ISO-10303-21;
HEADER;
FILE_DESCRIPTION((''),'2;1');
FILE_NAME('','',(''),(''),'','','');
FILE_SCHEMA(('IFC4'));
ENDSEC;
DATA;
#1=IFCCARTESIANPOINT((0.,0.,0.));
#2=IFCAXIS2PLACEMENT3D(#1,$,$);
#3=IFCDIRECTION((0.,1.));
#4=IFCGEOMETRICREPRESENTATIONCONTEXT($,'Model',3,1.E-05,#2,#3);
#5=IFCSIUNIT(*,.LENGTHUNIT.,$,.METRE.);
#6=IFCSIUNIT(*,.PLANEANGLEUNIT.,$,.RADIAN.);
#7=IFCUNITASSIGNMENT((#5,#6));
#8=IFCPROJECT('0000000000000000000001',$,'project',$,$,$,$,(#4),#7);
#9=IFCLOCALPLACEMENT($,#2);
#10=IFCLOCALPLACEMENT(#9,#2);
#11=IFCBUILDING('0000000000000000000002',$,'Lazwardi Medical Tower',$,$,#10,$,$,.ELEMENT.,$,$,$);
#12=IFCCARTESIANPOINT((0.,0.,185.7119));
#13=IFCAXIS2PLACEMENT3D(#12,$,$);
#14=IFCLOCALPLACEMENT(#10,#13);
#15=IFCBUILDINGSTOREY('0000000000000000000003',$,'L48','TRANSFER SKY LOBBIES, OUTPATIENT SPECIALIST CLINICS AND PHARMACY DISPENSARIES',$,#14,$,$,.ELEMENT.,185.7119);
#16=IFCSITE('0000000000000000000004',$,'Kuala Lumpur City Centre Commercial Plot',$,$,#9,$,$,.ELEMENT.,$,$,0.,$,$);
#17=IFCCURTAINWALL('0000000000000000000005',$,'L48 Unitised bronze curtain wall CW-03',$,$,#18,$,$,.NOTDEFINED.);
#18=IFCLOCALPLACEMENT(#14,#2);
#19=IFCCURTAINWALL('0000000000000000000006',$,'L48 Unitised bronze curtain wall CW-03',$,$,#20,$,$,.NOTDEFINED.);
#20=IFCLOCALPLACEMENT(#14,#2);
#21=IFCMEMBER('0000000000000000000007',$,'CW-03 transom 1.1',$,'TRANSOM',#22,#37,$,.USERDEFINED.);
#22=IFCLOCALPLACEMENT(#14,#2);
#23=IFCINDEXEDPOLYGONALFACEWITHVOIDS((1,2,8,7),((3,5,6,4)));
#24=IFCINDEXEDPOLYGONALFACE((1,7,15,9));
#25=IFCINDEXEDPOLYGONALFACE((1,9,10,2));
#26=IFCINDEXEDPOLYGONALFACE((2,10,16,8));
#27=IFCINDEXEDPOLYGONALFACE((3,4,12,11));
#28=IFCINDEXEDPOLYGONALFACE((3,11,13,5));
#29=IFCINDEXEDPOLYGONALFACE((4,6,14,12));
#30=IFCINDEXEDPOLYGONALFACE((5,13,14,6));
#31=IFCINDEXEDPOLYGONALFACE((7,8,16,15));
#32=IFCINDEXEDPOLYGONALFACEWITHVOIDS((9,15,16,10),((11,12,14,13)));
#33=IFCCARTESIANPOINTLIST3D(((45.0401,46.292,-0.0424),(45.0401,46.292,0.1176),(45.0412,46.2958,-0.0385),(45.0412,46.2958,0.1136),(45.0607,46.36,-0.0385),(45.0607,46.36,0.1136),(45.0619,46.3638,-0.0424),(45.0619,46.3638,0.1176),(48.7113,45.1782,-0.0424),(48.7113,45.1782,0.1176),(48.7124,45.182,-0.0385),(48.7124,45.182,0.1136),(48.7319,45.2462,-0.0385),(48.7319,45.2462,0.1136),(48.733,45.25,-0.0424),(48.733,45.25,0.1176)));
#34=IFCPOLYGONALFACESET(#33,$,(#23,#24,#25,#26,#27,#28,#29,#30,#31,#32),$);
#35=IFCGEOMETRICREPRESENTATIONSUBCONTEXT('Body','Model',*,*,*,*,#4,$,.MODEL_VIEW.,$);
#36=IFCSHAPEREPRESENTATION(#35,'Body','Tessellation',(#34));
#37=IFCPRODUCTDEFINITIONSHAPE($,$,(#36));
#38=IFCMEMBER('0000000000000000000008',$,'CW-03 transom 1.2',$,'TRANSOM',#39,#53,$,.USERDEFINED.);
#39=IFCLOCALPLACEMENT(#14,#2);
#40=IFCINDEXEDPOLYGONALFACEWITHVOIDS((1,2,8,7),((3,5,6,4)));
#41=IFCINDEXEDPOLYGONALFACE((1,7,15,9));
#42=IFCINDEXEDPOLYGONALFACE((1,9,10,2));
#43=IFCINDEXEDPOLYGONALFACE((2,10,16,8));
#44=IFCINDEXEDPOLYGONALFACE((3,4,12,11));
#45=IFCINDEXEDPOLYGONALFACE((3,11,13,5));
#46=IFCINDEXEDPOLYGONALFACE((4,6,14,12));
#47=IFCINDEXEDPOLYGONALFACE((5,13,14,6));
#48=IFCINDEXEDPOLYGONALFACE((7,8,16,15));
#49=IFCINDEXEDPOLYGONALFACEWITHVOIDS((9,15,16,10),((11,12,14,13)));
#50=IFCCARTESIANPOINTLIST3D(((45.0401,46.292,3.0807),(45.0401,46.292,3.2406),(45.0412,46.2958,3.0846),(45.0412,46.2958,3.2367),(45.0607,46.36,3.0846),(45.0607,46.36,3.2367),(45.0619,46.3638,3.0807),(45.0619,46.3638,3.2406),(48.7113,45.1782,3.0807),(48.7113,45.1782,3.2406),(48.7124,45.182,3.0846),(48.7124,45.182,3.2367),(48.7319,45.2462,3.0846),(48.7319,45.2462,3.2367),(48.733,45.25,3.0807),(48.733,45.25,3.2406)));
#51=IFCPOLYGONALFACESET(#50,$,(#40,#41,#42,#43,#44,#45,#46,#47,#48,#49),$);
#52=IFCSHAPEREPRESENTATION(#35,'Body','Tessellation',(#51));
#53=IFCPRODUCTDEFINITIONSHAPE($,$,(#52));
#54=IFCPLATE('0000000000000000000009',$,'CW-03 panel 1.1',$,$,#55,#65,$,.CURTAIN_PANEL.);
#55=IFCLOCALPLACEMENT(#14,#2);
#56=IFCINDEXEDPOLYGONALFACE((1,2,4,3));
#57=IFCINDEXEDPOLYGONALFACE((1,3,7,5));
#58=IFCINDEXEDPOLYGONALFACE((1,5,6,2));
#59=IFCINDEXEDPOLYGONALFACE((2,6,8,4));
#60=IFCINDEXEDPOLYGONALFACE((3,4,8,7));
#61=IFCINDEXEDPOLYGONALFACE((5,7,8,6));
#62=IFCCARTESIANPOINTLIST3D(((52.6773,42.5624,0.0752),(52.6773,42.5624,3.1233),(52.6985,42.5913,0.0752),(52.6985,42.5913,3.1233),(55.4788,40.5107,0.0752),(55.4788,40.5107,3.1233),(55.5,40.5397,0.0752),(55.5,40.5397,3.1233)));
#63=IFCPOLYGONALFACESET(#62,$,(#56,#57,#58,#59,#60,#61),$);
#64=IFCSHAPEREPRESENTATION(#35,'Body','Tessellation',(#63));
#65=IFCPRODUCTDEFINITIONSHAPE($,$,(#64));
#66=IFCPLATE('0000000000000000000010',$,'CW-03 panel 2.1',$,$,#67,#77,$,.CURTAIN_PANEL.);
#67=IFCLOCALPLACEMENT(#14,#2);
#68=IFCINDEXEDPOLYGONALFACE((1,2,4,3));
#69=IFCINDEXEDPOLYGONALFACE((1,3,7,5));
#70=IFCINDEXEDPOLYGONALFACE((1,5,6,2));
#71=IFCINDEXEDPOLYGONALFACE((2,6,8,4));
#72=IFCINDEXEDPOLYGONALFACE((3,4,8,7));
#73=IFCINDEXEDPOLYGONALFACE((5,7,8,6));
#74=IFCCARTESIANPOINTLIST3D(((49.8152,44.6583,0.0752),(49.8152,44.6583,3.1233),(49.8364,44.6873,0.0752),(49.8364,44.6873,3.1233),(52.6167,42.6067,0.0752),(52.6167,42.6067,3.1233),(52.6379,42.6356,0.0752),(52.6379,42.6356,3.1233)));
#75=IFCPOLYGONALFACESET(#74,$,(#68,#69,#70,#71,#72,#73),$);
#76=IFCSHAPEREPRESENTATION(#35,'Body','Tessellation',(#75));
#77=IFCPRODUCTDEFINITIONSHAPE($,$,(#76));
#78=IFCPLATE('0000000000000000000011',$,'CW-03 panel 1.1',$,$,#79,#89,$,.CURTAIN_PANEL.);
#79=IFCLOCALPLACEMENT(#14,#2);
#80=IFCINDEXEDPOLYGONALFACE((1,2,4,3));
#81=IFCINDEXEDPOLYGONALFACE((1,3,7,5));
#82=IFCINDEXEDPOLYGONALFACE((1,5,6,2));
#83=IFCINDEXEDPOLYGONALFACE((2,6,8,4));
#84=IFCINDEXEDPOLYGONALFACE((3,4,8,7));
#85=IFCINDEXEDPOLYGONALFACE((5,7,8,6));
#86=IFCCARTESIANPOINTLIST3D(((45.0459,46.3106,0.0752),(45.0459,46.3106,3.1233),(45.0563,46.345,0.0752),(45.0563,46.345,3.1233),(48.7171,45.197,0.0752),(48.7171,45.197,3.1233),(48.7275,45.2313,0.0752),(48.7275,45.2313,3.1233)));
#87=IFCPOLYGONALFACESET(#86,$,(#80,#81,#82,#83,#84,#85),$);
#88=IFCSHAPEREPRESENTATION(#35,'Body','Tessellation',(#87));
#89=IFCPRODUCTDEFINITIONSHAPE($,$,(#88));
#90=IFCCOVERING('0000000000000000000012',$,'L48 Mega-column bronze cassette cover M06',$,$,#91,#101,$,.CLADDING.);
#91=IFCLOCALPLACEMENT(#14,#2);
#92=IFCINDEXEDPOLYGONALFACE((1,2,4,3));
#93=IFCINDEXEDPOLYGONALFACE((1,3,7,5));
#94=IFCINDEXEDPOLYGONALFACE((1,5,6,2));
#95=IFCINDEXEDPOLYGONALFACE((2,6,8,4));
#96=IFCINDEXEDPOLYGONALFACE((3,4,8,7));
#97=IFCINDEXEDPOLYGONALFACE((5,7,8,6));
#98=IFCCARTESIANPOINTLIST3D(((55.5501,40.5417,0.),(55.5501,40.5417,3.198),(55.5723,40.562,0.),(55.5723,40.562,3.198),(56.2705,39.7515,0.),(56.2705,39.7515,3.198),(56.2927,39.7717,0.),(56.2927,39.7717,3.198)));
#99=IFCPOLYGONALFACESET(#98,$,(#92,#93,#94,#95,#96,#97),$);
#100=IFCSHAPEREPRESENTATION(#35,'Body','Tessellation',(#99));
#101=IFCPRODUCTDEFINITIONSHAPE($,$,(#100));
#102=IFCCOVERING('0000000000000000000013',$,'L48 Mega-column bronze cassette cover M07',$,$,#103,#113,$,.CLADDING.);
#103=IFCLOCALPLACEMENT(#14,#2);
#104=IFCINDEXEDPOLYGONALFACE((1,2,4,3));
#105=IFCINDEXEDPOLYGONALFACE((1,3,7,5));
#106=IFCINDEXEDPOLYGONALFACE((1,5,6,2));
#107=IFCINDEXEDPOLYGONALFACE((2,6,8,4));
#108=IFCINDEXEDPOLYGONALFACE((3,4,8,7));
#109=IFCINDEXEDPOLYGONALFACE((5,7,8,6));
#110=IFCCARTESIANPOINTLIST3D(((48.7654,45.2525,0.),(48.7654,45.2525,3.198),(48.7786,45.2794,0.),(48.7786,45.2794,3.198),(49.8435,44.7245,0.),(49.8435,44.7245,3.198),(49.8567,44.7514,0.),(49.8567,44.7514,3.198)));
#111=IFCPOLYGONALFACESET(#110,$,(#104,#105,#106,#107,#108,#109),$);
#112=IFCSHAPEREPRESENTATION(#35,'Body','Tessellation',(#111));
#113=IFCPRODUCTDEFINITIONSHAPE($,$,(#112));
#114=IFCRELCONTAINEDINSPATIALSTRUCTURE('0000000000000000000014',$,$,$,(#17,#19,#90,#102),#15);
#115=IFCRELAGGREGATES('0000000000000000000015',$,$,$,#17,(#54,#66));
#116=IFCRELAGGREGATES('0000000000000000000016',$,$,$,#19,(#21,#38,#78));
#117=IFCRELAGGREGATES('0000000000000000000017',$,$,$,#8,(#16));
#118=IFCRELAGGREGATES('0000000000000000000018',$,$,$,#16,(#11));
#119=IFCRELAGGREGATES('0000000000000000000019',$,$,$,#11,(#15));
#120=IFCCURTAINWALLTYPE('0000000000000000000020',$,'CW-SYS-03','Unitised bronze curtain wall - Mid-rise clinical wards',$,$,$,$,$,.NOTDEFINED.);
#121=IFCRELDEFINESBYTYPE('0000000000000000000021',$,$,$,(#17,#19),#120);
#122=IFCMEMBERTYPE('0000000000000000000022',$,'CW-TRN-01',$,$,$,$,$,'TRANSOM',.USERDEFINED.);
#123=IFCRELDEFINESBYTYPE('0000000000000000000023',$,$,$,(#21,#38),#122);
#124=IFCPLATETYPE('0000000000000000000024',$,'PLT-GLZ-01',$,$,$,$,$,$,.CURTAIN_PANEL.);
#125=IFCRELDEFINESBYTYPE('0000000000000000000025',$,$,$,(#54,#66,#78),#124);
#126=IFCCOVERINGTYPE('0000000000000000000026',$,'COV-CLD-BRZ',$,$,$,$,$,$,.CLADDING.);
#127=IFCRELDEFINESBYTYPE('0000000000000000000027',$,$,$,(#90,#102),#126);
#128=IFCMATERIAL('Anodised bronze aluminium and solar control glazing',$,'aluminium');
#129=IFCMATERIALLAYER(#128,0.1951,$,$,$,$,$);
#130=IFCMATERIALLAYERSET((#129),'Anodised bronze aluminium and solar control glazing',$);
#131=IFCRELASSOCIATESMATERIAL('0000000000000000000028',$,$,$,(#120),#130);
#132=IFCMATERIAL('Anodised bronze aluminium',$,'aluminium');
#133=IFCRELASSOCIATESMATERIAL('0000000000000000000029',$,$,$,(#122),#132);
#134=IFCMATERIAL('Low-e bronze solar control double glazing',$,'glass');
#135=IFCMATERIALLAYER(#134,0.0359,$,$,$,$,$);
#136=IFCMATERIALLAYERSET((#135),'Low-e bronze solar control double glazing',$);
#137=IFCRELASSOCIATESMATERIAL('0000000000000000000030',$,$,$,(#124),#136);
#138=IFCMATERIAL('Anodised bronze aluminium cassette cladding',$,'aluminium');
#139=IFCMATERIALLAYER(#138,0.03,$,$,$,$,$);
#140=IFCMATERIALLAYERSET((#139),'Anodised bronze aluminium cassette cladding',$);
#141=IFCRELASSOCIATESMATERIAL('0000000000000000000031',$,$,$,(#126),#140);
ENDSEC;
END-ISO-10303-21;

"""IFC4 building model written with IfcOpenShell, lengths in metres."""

from ifc_helpers import new_model, si_unit, direction, frame, origin, origin_2d, place, context, subcontext, project, spatial, rectangle, hollow_rectangle, extrude, material, layer, layer_set, material_profile, profile_set, type_object, element, aggregate, save


model = new_model("IFC4")

# Units and contexts
model_context = context("Model", 3, precision=1e-05, world=origin(), true_north=direction((0.0, 1.0)))
body_context = subcontext(model_context, "Body", "Model", "MODEL_VIEW")
ifc_project = project(units=[si_unit("LENGTHUNIT", "METRE"), si_unit("PLANEANGLEUNIT", "RADIAN")], contexts=[model_context])

# Site, building, storey
site_placement = place(None, origin())
site = spatial("IfcSite", under=ifc_project, at=site_placement, Name="Kuala Lumpur City Centre Commercial Plot", CompositionType="ELEMENT", RefElevation=0.0)
building_placement = place(site_placement, origin())
building = spatial("IfcBuilding", under=site, at=building_placement, Name="Lazwardi Medical Tower", CompositionType="ELEMENT")
storey_placement = place(building_placement, frame((0.0, 0.0, 185.7119)))
storey = spatial("IfcBuildingStorey", under=building, at=storey_placement, Name="L48", Description="TRANSFER SKY LOBBIES, OUTPATIENT SPECIALIST CLINICS AND PHARMACY DISPENSARIES", CompositionType="ELEMENT", Elevation=185.7119)

# Shared definitions
ifc_material_1 = material(Name="Anodised bronze aluminium and solar control glazing", Category="aluminium")
ifc_layer_1 = layer(ifc_material_1, 0.1951)
ifc_layer_set_1 = layer_set([ifc_layer_1], Name="Anodised bronze aluminium and solar control glazing")
curtain_wall_type = type_object("IfcCurtainWallType", Name="CW-SYS-03", Description="Unitised bronze curtain wall - Mid-rise clinical wards", PredefinedType="NOTDEFINED", material=ifc_layer_set_1)
ifc_material_2 = material(Name="Anodised bronze aluminium", Category="aluminium")

# Curtain wall
curtain_wall_1_placement = place(storey_placement, origin())
curtain_wall_1 = element("IfcCurtainWall", 1, at=curtain_wall_1_placement, inside=storey, type_object=curtain_wall_type, Name="L48 Unitised bronze curtain wall CW-03", PredefinedType="NOTDEFINED")

# Curtain wall
curtain_wall_2_placement = place(storey_placement, origin())
curtain_wall_2 = element("IfcCurtainWall", 2, at=curtain_wall_2_placement, inside=storey, type_object=curtain_wall_type, Name="L48 Unitised bronze curtain wall CW-03", PredefinedType="NOTDEFINED")

# Members
ifc_material_profile_1 = material_profile(ifc_material_2, hollow_rectangle(XDim=0.075, YDim=0.1599, WallThickness=0.0039, at=origin_2d()), Name="ALU-TRANSOM 160x75x4")
ifc_profile_set_1 = profile_set([ifc_material_profile_1], Name="Anodised bronze aluminium")
member_type_1 = type_object("IfcMemberType", Name="CW-TRN-01", ElementType="TRANSOM", PredefinedType="USERDEFINED", material=ifc_profile_set_1)
member_1_placement = place(storey_placement, frame((48.7222, 45.2141, 0.0376), z_axis=(-0.95693, 0.290318, 0.0), x_axis=(-0.290318, -0.95693, 0.0)))
member_1 = element("IfcMember", 3, at=member_1_placement, type_object=member_type_1, Name="CW-03 transom 1.1", ObjectType="TRANSOM", PredefinedType="USERDEFINED", context=body_context, shape_type="SweptSolid", body=[
    extrude(hollow_rectangle(XDim=0.075, YDim=0.1599, WallThickness=0.0039, at=origin_2d()), origin(), (0.0, 0.0, 1.0), 3.8364),
])
member_2_placement = place(storey_placement, frame((48.7222, 45.2141, 3.1606), z_axis=(-0.95693, 0.290318, 0.0), x_axis=(-0.290318, -0.95693, 0.0)))
member_2 = element("IfcMember", 4, at=member_2_placement, type_object=member_type_1, Name="CW-03 transom 1.2", ObjectType="TRANSOM", PredefinedType="USERDEFINED", context=body_context, shape_type="SweptSolid", body=[
    extrude(hollow_rectangle(XDim=0.075, YDim=0.1599, WallThickness=0.0039, at=origin_2d()), origin(), (0.0, 0.0, 1.0), 3.8364),
])

# Plates
ifc_material_3 = material(Name="Low-e bronze solar control double glazing", Category="glass")
ifc_layer_2 = layer(ifc_material_3, 0.0359)
ifc_layer_set_2 = layer_set([ifc_layer_2], Name="Low-e bronze solar control double glazing")
plate_type = type_object("IfcPlateType", Name="PLT-GLZ-01", PredefinedType="CURTAIN_PANEL", material=ifc_layer_set_2)
plate_1_placement = place(storey_placement, frame((54.0886, 41.551, 0.0752), z_axis=(0.0, 0.0, 1.0), x_axis=(-0.806793, 0.590834, 0.0)))
plate_1 = element("IfcPlate", 5, at=plate_1_placement, type_object=plate_type, Name="CW-03 panel 1.1", PredefinedType="CURTAIN_PANEL", context=body_context, shape_type="SweptSolid", body=[
    extrude(rectangle(XDim=3.4724, YDim=0.0359, at=origin_2d()), origin(), (0.0, 0.0, 1.0), 3.0481),
])
plate_2_placement = place(storey_placement, frame((51.2266, 43.647, 0.0752), z_axis=(0.0, 0.0, 1.0), x_axis=(-0.806793, 0.590834, 0.0)))
plate_2 = element("IfcPlate", 6, at=plate_2_placement, type_object=plate_type, Name="CW-03 panel 2.1", PredefinedType="CURTAIN_PANEL", context=body_context, shape_type="SweptSolid", body=[
    extrude(rectangle(XDim=3.4724, YDim=0.0359, at=origin_2d()), origin(), (0.0, 0.0, 1.0), 3.0481),
])
aggregate(curtain_wall_1, [plate_1, plate_2])
plate_3_placement = place(storey_placement, frame((46.8867, 45.771, 0.0752), z_axis=(0.0, 0.0, 1.0), x_axis=(-0.956942, 0.290281, 0.0)))
plate_3 = element("IfcPlate", 7, at=plate_3_placement, type_object=plate_type, Name="CW-03 panel 1.1", PredefinedType="CURTAIN_PANEL", context=body_context, shape_type="SweptSolid", body=[
    extrude(rectangle(XDim=3.8364, YDim=0.0359, at=origin_2d()), origin(), (0.0, 0.0, 1.0), 3.0481),
])
aggregate(curtain_wall_2, [member_1, member_2, plate_3])

# Coverings
ifc_material_4 = material(Name="Anodised bronze aluminium cassette cladding", Category="aluminium")
ifc_layer_3 = layer(ifc_material_4, 0.03)
ifc_layer_set_3 = layer_set([ifc_layer_3], Name="Anodised bronze aluminium cassette cladding")
covering_type = type_object("IfcCoveringType", Name="COV-CLD-BRZ", PredefinedType="CLADDING", material=ifc_layer_set_3)
covering_1_placement = place(storey_placement, frame((55.9214, 40.1567, 0.0), z_axis=(0.0, 0.0, 1.0), x_axis=(-0.673714, 0.738992, 0.0)))
element("IfcCovering", 8, at=covering_1_placement, inside=storey, type_object=covering_type, Name="L48 Mega-column bronze cassette cover M06", PredefinedType="CLADDING", context=body_context, shape_type="SweptSolid", body=[
    extrude(rectangle(XDim=1.0693, YDim=0.03, at=origin_2d()), origin(), (0.0, 0.0, 1.0), 3.198),
])
covering_2_placement = place(storey_placement, frame((49.311, 45.002, 0.0), z_axis=(0.0, 0.0, 1.0), x_axis=(-0.898079, 0.439834, 0.0)))
element("IfcCovering", 9, at=covering_2_placement, inside=storey, type_object=covering_type, Name="L48 Mega-column bronze cassette cover M07", PredefinedType="CLADDING", context=body_context, shape_type="SweptSolid", body=[
    extrude(rectangle(XDim=1.2004, YDim=0.03, at=origin_2d()), origin(), (0.0, 0.0, 1.0), 3.198),
])

save(model, "model.ifc")
